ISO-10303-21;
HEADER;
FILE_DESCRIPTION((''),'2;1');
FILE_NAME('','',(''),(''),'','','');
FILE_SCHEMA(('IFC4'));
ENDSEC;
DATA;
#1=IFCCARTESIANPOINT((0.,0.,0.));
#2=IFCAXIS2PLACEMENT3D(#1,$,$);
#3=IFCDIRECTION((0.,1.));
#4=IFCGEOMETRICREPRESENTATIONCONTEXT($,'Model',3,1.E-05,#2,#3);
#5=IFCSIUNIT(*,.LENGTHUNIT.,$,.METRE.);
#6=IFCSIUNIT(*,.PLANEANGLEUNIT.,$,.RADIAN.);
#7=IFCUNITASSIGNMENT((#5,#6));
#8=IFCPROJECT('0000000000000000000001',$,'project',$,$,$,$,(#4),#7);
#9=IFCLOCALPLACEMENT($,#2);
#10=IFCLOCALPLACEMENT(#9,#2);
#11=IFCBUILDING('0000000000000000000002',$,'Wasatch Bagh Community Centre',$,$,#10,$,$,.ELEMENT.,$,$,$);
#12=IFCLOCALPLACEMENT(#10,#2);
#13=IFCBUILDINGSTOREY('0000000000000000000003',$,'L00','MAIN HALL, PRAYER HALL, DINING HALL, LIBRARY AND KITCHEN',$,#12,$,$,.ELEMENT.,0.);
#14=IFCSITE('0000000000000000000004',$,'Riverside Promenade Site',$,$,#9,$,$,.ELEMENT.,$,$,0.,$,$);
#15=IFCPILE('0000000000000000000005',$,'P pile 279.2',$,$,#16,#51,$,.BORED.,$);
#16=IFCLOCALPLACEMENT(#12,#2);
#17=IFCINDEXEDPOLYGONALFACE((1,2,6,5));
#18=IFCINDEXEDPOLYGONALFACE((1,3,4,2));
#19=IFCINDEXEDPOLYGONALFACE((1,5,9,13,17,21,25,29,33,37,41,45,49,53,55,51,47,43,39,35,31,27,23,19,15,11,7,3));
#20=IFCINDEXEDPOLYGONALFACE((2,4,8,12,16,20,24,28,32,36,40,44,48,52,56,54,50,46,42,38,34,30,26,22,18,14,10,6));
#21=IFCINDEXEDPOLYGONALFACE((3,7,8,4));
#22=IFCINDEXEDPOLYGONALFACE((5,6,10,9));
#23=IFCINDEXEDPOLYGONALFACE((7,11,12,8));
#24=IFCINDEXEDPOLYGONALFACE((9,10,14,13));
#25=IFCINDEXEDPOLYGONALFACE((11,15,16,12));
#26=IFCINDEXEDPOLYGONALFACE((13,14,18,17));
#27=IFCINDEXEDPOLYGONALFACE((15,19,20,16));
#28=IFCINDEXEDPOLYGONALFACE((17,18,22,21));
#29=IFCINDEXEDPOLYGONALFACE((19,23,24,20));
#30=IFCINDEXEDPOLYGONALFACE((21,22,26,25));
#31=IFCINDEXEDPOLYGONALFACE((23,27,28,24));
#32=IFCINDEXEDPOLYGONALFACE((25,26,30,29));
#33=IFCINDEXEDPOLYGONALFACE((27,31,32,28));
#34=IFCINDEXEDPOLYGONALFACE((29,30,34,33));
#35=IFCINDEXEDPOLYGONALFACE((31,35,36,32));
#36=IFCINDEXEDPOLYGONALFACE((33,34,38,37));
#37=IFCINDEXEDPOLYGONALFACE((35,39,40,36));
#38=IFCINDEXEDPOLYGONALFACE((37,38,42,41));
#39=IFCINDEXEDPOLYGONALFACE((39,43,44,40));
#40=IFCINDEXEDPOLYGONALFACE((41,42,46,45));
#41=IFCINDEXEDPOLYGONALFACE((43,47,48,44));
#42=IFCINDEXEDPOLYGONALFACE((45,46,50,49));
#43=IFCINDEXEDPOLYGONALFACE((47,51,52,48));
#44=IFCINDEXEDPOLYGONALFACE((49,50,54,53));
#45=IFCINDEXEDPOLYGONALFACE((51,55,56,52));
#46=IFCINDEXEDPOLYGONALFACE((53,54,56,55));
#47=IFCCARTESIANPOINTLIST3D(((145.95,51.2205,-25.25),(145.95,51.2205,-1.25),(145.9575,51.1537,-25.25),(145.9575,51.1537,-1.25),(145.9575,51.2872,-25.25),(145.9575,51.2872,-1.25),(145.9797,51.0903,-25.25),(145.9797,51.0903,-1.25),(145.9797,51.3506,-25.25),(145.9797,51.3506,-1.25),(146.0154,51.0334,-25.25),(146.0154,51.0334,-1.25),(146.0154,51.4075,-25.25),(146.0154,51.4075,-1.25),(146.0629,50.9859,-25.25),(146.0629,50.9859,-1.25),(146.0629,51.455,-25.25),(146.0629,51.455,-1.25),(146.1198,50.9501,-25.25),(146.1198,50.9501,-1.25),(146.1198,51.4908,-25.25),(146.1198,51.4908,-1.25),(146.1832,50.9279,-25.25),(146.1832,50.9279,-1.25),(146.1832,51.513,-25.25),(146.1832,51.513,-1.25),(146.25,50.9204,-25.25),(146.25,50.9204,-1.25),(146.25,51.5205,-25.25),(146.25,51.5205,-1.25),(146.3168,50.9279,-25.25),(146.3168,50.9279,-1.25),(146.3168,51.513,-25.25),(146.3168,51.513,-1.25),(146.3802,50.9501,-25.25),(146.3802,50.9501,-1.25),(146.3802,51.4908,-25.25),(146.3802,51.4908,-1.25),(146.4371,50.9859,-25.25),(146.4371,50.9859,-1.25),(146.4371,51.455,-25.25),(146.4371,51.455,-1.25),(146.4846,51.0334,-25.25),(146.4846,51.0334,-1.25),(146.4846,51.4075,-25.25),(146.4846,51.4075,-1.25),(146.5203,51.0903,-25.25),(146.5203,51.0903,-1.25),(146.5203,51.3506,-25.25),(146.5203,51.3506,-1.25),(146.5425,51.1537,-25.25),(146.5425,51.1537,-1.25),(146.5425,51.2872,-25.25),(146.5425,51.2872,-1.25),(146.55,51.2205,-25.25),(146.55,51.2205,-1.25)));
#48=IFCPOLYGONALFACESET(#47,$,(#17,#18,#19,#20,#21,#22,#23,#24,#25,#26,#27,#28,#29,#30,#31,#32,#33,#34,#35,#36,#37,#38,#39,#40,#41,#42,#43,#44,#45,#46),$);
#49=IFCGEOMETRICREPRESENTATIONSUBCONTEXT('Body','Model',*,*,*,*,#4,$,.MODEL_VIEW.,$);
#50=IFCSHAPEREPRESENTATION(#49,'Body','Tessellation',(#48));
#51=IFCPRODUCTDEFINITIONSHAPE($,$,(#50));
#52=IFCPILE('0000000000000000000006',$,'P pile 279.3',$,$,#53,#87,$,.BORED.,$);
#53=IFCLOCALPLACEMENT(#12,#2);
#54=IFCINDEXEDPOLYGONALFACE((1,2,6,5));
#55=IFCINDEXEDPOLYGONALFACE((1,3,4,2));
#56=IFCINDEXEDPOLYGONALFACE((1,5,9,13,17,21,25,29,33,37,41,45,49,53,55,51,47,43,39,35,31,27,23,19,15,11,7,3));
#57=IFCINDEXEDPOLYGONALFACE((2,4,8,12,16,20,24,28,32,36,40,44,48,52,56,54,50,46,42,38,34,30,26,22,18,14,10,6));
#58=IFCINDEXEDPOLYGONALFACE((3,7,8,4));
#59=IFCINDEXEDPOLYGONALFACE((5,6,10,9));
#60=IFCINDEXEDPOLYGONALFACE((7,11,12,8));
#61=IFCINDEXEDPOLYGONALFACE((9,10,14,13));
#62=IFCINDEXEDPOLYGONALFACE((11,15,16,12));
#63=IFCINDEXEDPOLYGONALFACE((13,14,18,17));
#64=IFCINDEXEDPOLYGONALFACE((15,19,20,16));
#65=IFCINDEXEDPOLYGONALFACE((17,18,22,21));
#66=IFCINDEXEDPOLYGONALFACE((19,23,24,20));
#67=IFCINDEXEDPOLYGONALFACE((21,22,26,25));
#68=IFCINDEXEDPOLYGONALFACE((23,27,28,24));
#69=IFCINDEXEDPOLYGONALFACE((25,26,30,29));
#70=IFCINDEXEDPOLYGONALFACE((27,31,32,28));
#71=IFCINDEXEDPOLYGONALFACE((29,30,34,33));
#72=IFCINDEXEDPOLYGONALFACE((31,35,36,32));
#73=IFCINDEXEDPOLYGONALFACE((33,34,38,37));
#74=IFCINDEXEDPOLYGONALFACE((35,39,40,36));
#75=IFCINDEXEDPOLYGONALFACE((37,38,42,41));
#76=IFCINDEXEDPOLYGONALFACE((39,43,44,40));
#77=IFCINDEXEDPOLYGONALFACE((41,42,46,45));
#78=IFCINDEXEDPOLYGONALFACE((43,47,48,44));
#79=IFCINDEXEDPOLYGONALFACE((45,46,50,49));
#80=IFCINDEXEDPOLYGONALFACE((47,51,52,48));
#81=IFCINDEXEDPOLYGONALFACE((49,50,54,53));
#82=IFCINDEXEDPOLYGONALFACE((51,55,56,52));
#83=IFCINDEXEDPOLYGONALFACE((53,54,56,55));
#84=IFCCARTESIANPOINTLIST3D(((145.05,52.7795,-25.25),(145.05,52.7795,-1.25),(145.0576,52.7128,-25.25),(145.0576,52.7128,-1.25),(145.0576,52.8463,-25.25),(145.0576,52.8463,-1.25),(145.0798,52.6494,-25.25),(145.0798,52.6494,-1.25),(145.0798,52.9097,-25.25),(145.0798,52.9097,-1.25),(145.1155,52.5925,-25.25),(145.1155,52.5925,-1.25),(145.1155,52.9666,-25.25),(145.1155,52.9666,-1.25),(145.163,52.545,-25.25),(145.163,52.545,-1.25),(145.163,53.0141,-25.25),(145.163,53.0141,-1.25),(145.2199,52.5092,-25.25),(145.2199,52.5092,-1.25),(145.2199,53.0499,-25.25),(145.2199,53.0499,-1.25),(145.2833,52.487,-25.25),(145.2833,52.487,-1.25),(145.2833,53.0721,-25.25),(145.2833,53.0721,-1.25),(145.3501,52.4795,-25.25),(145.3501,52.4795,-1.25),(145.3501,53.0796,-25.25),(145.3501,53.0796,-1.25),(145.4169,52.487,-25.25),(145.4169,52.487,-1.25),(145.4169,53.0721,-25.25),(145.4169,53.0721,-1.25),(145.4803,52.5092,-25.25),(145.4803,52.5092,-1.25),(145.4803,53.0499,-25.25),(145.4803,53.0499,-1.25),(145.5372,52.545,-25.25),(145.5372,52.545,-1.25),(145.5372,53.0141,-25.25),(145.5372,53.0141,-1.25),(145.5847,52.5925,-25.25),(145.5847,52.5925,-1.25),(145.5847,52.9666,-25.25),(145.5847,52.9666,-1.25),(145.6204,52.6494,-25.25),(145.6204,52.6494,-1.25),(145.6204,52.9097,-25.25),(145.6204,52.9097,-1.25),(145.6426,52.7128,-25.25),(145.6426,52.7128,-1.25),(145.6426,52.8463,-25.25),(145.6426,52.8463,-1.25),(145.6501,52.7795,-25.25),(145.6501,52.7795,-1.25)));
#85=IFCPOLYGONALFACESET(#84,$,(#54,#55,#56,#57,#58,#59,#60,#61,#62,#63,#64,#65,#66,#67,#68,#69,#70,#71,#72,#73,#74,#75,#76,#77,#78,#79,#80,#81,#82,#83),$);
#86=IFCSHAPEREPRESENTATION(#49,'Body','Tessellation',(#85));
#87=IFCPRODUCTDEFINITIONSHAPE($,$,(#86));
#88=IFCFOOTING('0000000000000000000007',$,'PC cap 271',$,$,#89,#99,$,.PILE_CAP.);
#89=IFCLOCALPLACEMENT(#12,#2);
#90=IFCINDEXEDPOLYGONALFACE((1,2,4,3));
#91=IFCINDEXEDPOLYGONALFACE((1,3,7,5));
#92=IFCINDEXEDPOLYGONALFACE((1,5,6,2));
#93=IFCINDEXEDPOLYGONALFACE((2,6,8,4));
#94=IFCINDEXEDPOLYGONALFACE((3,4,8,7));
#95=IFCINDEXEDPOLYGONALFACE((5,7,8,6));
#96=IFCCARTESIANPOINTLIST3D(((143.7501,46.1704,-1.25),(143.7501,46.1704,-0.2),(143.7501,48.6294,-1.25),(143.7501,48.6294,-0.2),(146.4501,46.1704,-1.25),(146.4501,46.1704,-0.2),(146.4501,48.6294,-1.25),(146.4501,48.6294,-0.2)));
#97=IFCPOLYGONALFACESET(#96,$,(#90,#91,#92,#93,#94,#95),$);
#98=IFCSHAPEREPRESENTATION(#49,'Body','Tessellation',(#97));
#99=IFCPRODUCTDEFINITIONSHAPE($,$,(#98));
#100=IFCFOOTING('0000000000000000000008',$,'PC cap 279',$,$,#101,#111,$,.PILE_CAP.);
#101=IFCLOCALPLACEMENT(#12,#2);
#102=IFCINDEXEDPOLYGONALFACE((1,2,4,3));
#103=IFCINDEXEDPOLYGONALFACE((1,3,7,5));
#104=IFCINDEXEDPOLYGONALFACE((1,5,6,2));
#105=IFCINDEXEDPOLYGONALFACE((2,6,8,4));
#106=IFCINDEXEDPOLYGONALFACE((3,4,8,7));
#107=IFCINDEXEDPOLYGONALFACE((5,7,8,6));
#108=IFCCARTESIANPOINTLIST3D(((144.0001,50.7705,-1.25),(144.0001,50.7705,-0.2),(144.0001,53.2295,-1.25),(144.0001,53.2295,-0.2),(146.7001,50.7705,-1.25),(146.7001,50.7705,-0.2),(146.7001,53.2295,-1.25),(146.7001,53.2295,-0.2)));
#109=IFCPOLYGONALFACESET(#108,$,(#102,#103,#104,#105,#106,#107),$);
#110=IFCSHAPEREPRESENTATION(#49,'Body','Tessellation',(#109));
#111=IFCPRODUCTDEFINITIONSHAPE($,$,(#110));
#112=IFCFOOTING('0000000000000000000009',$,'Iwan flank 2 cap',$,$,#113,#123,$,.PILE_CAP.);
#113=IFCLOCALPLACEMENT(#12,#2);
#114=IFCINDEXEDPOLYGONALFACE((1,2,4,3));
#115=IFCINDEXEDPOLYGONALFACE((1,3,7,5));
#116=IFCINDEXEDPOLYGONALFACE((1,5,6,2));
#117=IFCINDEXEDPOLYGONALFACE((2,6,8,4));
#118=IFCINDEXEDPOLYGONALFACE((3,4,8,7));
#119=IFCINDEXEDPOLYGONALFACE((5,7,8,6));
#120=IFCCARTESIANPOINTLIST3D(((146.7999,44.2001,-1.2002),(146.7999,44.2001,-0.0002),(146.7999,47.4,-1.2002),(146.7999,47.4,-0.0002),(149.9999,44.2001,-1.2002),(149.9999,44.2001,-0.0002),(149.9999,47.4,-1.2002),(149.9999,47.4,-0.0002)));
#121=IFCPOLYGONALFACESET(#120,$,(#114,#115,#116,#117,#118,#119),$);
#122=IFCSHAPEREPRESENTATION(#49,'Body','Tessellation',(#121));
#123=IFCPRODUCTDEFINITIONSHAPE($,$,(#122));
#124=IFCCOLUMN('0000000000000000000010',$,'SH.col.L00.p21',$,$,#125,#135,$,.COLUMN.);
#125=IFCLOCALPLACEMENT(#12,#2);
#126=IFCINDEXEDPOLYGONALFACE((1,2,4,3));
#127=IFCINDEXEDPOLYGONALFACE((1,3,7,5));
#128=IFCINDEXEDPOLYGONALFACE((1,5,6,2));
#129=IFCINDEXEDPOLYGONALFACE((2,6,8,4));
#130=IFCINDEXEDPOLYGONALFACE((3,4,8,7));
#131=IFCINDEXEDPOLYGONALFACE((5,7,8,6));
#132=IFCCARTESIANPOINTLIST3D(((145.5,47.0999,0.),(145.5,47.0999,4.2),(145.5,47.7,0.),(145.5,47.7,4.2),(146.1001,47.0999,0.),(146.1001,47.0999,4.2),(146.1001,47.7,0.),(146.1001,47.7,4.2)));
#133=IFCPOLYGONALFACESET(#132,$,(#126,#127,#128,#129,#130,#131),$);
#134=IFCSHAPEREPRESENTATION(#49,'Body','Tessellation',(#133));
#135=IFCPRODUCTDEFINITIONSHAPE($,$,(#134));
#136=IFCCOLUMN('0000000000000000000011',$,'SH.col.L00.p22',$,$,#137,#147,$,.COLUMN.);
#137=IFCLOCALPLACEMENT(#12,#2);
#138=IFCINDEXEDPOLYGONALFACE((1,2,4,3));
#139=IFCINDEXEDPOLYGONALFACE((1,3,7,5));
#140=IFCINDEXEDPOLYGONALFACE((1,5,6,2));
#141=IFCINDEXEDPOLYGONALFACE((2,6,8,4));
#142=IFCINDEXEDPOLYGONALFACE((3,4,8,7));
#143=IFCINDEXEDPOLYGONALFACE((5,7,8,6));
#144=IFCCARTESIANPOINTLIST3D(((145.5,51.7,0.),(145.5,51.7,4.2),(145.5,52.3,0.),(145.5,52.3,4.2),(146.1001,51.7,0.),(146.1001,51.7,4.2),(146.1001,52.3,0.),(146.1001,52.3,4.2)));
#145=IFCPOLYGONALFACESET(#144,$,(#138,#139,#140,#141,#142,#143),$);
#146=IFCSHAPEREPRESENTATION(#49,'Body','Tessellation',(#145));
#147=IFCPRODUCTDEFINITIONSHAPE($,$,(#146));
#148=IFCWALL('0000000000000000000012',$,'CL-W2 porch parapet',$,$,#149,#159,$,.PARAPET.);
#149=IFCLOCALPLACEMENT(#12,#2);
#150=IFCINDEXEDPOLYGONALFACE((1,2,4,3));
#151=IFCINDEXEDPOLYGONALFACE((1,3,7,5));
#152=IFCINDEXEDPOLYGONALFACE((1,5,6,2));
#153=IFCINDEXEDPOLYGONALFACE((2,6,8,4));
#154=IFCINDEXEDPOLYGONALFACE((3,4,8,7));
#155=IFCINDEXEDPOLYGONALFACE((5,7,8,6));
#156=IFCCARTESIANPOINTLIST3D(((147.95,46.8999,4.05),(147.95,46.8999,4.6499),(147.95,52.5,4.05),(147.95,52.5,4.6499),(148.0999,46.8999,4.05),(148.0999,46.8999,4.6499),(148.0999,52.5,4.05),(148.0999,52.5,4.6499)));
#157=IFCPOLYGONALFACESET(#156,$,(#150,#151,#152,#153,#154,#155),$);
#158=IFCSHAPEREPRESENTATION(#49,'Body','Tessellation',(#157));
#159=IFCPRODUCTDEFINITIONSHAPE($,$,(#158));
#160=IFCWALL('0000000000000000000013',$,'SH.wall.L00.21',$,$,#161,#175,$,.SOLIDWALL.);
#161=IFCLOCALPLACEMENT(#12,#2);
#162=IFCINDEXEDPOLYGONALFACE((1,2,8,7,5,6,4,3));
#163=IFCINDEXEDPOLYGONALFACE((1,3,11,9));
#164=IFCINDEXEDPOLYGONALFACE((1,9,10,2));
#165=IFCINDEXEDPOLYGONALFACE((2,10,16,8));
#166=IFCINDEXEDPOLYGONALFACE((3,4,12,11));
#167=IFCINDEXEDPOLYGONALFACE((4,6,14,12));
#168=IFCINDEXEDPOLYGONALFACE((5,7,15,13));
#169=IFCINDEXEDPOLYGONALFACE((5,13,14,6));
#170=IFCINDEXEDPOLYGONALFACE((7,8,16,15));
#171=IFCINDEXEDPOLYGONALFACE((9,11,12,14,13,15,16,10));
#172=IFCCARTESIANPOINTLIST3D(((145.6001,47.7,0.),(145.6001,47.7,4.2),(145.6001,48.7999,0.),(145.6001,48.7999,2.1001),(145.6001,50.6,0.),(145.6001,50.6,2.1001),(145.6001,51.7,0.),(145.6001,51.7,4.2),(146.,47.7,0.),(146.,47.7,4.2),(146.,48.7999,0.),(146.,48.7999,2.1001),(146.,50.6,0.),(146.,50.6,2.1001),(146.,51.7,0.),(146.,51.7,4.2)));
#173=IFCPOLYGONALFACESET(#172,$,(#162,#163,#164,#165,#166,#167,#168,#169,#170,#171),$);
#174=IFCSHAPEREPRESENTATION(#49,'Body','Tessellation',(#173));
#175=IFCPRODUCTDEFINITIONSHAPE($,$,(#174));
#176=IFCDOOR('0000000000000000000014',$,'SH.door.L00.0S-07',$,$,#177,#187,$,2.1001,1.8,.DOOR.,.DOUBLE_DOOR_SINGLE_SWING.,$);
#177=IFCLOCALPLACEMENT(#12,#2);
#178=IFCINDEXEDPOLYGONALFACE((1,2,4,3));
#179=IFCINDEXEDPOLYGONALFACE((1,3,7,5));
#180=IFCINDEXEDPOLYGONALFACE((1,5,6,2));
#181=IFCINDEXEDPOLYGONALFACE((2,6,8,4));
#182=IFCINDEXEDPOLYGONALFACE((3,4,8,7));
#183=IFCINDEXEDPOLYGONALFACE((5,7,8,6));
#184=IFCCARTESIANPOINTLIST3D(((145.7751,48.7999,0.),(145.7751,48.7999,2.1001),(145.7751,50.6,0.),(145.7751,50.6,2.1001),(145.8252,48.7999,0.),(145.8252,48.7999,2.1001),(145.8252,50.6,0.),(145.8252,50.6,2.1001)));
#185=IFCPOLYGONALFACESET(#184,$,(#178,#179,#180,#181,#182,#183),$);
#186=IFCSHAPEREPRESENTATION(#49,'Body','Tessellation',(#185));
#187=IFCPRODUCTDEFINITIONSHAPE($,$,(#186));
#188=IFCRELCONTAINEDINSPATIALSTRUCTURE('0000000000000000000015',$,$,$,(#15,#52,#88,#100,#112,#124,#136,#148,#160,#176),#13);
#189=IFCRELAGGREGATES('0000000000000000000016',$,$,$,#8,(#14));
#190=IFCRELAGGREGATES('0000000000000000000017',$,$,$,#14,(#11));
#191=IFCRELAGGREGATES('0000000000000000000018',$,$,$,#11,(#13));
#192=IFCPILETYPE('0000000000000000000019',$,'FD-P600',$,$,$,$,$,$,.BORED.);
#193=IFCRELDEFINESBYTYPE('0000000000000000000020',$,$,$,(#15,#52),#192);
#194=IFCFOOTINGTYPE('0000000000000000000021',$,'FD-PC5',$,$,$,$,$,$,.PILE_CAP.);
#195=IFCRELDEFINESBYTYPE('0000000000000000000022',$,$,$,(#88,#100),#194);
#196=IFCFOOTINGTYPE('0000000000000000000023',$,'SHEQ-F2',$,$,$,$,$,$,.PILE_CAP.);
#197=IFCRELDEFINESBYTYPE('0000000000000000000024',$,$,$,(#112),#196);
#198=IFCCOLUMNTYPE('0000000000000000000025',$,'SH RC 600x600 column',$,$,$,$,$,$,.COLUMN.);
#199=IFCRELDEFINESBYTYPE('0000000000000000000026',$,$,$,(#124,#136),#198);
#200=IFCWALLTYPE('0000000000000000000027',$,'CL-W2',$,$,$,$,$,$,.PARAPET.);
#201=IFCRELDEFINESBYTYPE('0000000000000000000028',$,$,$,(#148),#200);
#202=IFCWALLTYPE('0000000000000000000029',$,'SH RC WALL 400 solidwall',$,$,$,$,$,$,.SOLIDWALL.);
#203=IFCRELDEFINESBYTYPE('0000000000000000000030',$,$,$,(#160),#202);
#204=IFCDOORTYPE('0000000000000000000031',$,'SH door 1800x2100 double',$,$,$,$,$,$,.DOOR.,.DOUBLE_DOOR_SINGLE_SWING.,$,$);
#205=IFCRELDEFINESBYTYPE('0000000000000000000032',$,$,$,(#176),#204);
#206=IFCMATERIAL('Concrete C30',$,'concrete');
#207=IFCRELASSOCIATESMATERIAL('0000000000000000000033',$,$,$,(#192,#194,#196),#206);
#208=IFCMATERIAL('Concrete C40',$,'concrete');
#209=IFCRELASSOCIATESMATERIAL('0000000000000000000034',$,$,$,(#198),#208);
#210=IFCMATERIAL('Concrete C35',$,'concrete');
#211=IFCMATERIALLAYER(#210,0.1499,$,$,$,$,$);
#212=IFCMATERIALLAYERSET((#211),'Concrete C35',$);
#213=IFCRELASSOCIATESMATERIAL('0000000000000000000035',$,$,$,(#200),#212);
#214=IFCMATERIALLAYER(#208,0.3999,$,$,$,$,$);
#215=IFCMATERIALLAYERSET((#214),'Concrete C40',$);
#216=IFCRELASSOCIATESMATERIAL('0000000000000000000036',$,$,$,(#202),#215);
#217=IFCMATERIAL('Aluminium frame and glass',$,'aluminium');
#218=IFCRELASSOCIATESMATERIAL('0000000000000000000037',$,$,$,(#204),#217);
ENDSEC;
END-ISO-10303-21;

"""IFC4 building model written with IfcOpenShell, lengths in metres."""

from ifc_helpers import new_model, si_unit, direction, frame, frame_2d, origin, origin_2d, place, context, subcontext, project, spatial, rectangle, circle, extrude, material, layer, layer_set, material_profile, profile_set, type_object, element, fill, save


model = new_model("IFC4")

# Units and contexts
model_context = context("Model", 3, precision=1e-05, world=origin(), true_north=direction((0.0, 1.0)))
body_context = subcontext(model_context, "Body", "Model", "MODEL_VIEW")
ifc_project = project(units=[si_unit("LENGTHUNIT", "METRE"), si_unit("PLANEANGLEUNIT", "RADIAN")], contexts=[model_context])

# Site, building, storey
site_placement = place(None, origin())
site = spatial("IfcSite", under=ifc_project, at=site_placement, Name="Riverside Promenade Site", CompositionType="ELEMENT", RefElevation=0.0)
building_placement = place(site_placement, origin())
building = spatial("IfcBuilding", under=site, at=building_placement, Name="Wasatch Bagh Community Centre", CompositionType="ELEMENT")
storey_placement = place(building_placement, origin())
storey = spatial("IfcBuildingStorey", under=building, at=storey_placement, Name="L00", Description="MAIN HALL, PRAYER HALL, DINING HALL, LIBRARY AND KITCHEN", CompositionType="ELEMENT", Elevation=0.0)

# Shared definitions
ifc_material_1 = material(Name="Concrete C35", Category="concrete")

# Piles
ifc_material_2 = material(Name="Concrete C30", Category="concrete")
ifc_material_profile_1 = material_profile(ifc_material_2, circle(Radius=0.3, at=origin_2d()), Name="RC D600")
ifc_profile_set_1 = profile_set([ifc_material_profile_1], Name="Concrete C30")
pile_type = type_object("IfcPileType", Name="FD-P600", PredefinedType="BORED", material=ifc_profile_set_1)
for number, where, z_axis, x_axis, name in (
    (1, (146.25, 51.2205, -1.25), (0.0, 0.0, -1.0), (1.0, 0.0, 0.0), "P pile 279.2"),
    (2, (145.3501, 52.7795, -1.25), (0.0, 0.0, -1.0), (1.0, 0.0, 0.0), "P pile 279.3"),
):
    element("IfcPile", number, at=place(storey_placement, frame(where, z_axis=z_axis, x_axis=x_axis)), inside=storey, type_object=pile_type, Name=name, PredefinedType="BORED", context=body_context, shape_type="SweptSolid", body=[
        extrude(circle(Radius=0.3, at=origin_2d()), origin(), (0.0, 0.0, 1.0), 24.0),
    ])

# Footings
footing_type_1 = type_object("IfcFootingType", Name="FD-PC5", PredefinedType="PILE_CAP", material=ifc_material_2)
for number, where, z_axis, x_axis, name in (
    (3, (145.1001, 47.3999, -1.25), (0.0, 0.0, 1.0), (1.0, 0.0, 0.0), "PC cap 271"),
    (4, (145.3501, 52.0, -1.25), (0.0, 0.0, 1.0), (1.0, 0.0, 0.0), "PC cap 279"),
):
    element("IfcFooting", number, at=place(storey_placement, frame(where, z_axis=z_axis, x_axis=x_axis)), inside=storey, type_object=footing_type_1, Name=name, PredefinedType="PILE_CAP", context=body_context, shape_type="SweptSolid", body=[
        extrude(rectangle(XDim=2.7, YDim=2.459, at=origin_2d()), origin(), (0.0, 0.0, 1.0), 1.05),
    ])
footing_type_2 = type_object("IfcFootingType", Name="SHEQ-F2", PredefinedType="PILE_CAP", material=ifc_material_2)
footing_placement = place(storey_placement, frame((148.3999, 45.8, -1.2002), z_axis=(0.0, 0.0, 1.0), x_axis=(1.0, 0.0, 0.0)))
element("IfcFooting", 5, at=footing_placement, inside=storey, type_object=footing_type_2, Name="Iwan flank 2 cap", PredefinedType="PILE_CAP", context=body_context, shape_type="SweptSolid", body=[
    extrude(rectangle(XDim=3.2, YDim=3.2, at=origin_2d()), origin(), (0.0, 0.0, 1.0), 1.2),
])

# Columns
ifc_material_3 = material(Name="Concrete C40", Category="concrete")
ifc_material_profile_2 = material_profile(ifc_material_3, rectangle(XDim=0.6001, YDim=0.6001, at=origin_2d()), Name="RC 600x600")
ifc_profile_set_2 = profile_set([ifc_material_profile_2], Name="Concrete C40")
column_type = type_object("IfcColumnType", Name="SH RC 600x600 column", PredefinedType="COLUMN", material=ifc_profile_set_2)
for number, where, z_axis, x_axis, name in (
    (6, (145.8, 47.3999, 0.0), (0.0, 0.0, 1.0), (1.0, 0.0, 0.0), "SH.col.L00.p21"),
    (7, (145.8, 52.0, 0.0), (0.0, 0.0, 1.0), (1.0, 0.0, 0.0), "SH.col.L00.p22"),
):
    element("IfcColumn", number, at=place(storey_placement, frame(where, z_axis=z_axis, x_axis=x_axis)), inside=storey, type_object=column_type, Name=name, PredefinedType="COLUMN", context=body_context, shape_type="SweptSolid", body=[
        extrude(rectangle(XDim=0.6001, YDim=0.6001, at=origin_2d()), origin(), (0.0, 0.0, 1.0), 4.2),
    ])

# Wall
ifc_layer_1 = layer(ifc_material_1, 0.1499)
ifc_layer_set_1 = layer_set([ifc_layer_1], Name="Concrete C35")
wall_type_1 = type_object("IfcWallType", Name="CL-W2", PredefinedType="PARAPET", material=ifc_layer_set_1)
wall_1_placement = place(storey_placement, frame((148.0249, 52.5, 4.05), z_axis=(0.0, 0.0, 1.0), x_axis=(0.0, -1.0, 0.0)))
element("IfcWall", 8, at=wall_1_placement, inside=storey, type_object=wall_type_1, Name="CL-W2 porch parapet", PredefinedType="PARAPET", context=body_context, shape_type="SweptSolid", body=[
    extrude(rectangle(XDim=5.6001, YDim=0.1499, at=frame_2d((2.8, 0.0))), origin(), (0.0, 0.0, 1.0), 0.5999),
])

# Wall, opening, door
ifc_layer_2 = layer(ifc_material_3, 0.3999)
ifc_layer_set_2 = layer_set([ifc_layer_2], Name="Concrete C40")
wall_type_2 = type_object("IfcWallType", Name="SH RC WALL 400 solidwall", PredefinedType="SOLIDWALL", material=ifc_layer_set_2)
wall_2_placement = place(storey_placement, frame((145.8, 47.7, 0.0), z_axis=(0.0, 0.0, 1.0), x_axis=(0.0, 1.0, 0.0)))
wall_2 = element("IfcWall", 9, at=wall_2_placement, inside=storey, type_object=wall_type_2, Name="SH.wall.L00.21", PredefinedType="SOLIDWALL", context=body_context, shape_type="SweptSolid", body=[
    extrude(rectangle(XDim=4.0, YDim=0.3999, at=frame_2d((2.0, 0.0))), origin(), (0.0, 0.0, 1.0), 4.2),
])
opening_1_placement = place(wall_2_placement, frame((1.1001, 0.0, 0.0)))
opening_1 = element("IfcOpeningElement", 10, at=opening_1_placement, cuts=wall_2, PredefinedType="OPENING", context=body_context, shape_type="SweptSolid", body=[
    extrude(rectangle(XDim=1.8, YDim=2.1001, at=frame_2d((0.8999, 1.05))), frame((0.0, 0.21, 0.0), z_axis=(0.0, -1.0, 0.0), x_axis=(1.0, 0.0, 0.0)), (0.0, 0.0, 1.0), 0.4199),
])
ifc_material_4 = material(Name="Aluminium frame and glass", Category="aluminium")
door_type = type_object("IfcDoorType", Name="SH door 1800x2100 double", OperationType="DOUBLE_DOOR_SINGLE_SWING", PredefinedType="DOOR", material=ifc_material_4)
door_placement = place(opening_1_placement, origin())
door = element("IfcDoor", 11, at=door_placement, inside=storey, type_object=door_type, Name="SH.door.L00.0S-07", OperationType="DOUBLE_DOOR_SINGLE_SWING", OverallHeight=2.1001, OverallWidth=1.8, PredefinedType="DOOR", context=body_context, shape_type="SweptSolid", body=[
    extrude(rectangle(XDim=1.8, YDim=2.1001, at=frame_2d((0.8999, 1.05))), frame((0.0, 0.0249, 0.0), z_axis=(0.0, -1.0, 0.0), x_axis=(1.0, 0.0, 0.0)), (0.0, 0.0, 1.0), 0.05),
])
fill(opening_1, door)

save(model, "model.ifc")
